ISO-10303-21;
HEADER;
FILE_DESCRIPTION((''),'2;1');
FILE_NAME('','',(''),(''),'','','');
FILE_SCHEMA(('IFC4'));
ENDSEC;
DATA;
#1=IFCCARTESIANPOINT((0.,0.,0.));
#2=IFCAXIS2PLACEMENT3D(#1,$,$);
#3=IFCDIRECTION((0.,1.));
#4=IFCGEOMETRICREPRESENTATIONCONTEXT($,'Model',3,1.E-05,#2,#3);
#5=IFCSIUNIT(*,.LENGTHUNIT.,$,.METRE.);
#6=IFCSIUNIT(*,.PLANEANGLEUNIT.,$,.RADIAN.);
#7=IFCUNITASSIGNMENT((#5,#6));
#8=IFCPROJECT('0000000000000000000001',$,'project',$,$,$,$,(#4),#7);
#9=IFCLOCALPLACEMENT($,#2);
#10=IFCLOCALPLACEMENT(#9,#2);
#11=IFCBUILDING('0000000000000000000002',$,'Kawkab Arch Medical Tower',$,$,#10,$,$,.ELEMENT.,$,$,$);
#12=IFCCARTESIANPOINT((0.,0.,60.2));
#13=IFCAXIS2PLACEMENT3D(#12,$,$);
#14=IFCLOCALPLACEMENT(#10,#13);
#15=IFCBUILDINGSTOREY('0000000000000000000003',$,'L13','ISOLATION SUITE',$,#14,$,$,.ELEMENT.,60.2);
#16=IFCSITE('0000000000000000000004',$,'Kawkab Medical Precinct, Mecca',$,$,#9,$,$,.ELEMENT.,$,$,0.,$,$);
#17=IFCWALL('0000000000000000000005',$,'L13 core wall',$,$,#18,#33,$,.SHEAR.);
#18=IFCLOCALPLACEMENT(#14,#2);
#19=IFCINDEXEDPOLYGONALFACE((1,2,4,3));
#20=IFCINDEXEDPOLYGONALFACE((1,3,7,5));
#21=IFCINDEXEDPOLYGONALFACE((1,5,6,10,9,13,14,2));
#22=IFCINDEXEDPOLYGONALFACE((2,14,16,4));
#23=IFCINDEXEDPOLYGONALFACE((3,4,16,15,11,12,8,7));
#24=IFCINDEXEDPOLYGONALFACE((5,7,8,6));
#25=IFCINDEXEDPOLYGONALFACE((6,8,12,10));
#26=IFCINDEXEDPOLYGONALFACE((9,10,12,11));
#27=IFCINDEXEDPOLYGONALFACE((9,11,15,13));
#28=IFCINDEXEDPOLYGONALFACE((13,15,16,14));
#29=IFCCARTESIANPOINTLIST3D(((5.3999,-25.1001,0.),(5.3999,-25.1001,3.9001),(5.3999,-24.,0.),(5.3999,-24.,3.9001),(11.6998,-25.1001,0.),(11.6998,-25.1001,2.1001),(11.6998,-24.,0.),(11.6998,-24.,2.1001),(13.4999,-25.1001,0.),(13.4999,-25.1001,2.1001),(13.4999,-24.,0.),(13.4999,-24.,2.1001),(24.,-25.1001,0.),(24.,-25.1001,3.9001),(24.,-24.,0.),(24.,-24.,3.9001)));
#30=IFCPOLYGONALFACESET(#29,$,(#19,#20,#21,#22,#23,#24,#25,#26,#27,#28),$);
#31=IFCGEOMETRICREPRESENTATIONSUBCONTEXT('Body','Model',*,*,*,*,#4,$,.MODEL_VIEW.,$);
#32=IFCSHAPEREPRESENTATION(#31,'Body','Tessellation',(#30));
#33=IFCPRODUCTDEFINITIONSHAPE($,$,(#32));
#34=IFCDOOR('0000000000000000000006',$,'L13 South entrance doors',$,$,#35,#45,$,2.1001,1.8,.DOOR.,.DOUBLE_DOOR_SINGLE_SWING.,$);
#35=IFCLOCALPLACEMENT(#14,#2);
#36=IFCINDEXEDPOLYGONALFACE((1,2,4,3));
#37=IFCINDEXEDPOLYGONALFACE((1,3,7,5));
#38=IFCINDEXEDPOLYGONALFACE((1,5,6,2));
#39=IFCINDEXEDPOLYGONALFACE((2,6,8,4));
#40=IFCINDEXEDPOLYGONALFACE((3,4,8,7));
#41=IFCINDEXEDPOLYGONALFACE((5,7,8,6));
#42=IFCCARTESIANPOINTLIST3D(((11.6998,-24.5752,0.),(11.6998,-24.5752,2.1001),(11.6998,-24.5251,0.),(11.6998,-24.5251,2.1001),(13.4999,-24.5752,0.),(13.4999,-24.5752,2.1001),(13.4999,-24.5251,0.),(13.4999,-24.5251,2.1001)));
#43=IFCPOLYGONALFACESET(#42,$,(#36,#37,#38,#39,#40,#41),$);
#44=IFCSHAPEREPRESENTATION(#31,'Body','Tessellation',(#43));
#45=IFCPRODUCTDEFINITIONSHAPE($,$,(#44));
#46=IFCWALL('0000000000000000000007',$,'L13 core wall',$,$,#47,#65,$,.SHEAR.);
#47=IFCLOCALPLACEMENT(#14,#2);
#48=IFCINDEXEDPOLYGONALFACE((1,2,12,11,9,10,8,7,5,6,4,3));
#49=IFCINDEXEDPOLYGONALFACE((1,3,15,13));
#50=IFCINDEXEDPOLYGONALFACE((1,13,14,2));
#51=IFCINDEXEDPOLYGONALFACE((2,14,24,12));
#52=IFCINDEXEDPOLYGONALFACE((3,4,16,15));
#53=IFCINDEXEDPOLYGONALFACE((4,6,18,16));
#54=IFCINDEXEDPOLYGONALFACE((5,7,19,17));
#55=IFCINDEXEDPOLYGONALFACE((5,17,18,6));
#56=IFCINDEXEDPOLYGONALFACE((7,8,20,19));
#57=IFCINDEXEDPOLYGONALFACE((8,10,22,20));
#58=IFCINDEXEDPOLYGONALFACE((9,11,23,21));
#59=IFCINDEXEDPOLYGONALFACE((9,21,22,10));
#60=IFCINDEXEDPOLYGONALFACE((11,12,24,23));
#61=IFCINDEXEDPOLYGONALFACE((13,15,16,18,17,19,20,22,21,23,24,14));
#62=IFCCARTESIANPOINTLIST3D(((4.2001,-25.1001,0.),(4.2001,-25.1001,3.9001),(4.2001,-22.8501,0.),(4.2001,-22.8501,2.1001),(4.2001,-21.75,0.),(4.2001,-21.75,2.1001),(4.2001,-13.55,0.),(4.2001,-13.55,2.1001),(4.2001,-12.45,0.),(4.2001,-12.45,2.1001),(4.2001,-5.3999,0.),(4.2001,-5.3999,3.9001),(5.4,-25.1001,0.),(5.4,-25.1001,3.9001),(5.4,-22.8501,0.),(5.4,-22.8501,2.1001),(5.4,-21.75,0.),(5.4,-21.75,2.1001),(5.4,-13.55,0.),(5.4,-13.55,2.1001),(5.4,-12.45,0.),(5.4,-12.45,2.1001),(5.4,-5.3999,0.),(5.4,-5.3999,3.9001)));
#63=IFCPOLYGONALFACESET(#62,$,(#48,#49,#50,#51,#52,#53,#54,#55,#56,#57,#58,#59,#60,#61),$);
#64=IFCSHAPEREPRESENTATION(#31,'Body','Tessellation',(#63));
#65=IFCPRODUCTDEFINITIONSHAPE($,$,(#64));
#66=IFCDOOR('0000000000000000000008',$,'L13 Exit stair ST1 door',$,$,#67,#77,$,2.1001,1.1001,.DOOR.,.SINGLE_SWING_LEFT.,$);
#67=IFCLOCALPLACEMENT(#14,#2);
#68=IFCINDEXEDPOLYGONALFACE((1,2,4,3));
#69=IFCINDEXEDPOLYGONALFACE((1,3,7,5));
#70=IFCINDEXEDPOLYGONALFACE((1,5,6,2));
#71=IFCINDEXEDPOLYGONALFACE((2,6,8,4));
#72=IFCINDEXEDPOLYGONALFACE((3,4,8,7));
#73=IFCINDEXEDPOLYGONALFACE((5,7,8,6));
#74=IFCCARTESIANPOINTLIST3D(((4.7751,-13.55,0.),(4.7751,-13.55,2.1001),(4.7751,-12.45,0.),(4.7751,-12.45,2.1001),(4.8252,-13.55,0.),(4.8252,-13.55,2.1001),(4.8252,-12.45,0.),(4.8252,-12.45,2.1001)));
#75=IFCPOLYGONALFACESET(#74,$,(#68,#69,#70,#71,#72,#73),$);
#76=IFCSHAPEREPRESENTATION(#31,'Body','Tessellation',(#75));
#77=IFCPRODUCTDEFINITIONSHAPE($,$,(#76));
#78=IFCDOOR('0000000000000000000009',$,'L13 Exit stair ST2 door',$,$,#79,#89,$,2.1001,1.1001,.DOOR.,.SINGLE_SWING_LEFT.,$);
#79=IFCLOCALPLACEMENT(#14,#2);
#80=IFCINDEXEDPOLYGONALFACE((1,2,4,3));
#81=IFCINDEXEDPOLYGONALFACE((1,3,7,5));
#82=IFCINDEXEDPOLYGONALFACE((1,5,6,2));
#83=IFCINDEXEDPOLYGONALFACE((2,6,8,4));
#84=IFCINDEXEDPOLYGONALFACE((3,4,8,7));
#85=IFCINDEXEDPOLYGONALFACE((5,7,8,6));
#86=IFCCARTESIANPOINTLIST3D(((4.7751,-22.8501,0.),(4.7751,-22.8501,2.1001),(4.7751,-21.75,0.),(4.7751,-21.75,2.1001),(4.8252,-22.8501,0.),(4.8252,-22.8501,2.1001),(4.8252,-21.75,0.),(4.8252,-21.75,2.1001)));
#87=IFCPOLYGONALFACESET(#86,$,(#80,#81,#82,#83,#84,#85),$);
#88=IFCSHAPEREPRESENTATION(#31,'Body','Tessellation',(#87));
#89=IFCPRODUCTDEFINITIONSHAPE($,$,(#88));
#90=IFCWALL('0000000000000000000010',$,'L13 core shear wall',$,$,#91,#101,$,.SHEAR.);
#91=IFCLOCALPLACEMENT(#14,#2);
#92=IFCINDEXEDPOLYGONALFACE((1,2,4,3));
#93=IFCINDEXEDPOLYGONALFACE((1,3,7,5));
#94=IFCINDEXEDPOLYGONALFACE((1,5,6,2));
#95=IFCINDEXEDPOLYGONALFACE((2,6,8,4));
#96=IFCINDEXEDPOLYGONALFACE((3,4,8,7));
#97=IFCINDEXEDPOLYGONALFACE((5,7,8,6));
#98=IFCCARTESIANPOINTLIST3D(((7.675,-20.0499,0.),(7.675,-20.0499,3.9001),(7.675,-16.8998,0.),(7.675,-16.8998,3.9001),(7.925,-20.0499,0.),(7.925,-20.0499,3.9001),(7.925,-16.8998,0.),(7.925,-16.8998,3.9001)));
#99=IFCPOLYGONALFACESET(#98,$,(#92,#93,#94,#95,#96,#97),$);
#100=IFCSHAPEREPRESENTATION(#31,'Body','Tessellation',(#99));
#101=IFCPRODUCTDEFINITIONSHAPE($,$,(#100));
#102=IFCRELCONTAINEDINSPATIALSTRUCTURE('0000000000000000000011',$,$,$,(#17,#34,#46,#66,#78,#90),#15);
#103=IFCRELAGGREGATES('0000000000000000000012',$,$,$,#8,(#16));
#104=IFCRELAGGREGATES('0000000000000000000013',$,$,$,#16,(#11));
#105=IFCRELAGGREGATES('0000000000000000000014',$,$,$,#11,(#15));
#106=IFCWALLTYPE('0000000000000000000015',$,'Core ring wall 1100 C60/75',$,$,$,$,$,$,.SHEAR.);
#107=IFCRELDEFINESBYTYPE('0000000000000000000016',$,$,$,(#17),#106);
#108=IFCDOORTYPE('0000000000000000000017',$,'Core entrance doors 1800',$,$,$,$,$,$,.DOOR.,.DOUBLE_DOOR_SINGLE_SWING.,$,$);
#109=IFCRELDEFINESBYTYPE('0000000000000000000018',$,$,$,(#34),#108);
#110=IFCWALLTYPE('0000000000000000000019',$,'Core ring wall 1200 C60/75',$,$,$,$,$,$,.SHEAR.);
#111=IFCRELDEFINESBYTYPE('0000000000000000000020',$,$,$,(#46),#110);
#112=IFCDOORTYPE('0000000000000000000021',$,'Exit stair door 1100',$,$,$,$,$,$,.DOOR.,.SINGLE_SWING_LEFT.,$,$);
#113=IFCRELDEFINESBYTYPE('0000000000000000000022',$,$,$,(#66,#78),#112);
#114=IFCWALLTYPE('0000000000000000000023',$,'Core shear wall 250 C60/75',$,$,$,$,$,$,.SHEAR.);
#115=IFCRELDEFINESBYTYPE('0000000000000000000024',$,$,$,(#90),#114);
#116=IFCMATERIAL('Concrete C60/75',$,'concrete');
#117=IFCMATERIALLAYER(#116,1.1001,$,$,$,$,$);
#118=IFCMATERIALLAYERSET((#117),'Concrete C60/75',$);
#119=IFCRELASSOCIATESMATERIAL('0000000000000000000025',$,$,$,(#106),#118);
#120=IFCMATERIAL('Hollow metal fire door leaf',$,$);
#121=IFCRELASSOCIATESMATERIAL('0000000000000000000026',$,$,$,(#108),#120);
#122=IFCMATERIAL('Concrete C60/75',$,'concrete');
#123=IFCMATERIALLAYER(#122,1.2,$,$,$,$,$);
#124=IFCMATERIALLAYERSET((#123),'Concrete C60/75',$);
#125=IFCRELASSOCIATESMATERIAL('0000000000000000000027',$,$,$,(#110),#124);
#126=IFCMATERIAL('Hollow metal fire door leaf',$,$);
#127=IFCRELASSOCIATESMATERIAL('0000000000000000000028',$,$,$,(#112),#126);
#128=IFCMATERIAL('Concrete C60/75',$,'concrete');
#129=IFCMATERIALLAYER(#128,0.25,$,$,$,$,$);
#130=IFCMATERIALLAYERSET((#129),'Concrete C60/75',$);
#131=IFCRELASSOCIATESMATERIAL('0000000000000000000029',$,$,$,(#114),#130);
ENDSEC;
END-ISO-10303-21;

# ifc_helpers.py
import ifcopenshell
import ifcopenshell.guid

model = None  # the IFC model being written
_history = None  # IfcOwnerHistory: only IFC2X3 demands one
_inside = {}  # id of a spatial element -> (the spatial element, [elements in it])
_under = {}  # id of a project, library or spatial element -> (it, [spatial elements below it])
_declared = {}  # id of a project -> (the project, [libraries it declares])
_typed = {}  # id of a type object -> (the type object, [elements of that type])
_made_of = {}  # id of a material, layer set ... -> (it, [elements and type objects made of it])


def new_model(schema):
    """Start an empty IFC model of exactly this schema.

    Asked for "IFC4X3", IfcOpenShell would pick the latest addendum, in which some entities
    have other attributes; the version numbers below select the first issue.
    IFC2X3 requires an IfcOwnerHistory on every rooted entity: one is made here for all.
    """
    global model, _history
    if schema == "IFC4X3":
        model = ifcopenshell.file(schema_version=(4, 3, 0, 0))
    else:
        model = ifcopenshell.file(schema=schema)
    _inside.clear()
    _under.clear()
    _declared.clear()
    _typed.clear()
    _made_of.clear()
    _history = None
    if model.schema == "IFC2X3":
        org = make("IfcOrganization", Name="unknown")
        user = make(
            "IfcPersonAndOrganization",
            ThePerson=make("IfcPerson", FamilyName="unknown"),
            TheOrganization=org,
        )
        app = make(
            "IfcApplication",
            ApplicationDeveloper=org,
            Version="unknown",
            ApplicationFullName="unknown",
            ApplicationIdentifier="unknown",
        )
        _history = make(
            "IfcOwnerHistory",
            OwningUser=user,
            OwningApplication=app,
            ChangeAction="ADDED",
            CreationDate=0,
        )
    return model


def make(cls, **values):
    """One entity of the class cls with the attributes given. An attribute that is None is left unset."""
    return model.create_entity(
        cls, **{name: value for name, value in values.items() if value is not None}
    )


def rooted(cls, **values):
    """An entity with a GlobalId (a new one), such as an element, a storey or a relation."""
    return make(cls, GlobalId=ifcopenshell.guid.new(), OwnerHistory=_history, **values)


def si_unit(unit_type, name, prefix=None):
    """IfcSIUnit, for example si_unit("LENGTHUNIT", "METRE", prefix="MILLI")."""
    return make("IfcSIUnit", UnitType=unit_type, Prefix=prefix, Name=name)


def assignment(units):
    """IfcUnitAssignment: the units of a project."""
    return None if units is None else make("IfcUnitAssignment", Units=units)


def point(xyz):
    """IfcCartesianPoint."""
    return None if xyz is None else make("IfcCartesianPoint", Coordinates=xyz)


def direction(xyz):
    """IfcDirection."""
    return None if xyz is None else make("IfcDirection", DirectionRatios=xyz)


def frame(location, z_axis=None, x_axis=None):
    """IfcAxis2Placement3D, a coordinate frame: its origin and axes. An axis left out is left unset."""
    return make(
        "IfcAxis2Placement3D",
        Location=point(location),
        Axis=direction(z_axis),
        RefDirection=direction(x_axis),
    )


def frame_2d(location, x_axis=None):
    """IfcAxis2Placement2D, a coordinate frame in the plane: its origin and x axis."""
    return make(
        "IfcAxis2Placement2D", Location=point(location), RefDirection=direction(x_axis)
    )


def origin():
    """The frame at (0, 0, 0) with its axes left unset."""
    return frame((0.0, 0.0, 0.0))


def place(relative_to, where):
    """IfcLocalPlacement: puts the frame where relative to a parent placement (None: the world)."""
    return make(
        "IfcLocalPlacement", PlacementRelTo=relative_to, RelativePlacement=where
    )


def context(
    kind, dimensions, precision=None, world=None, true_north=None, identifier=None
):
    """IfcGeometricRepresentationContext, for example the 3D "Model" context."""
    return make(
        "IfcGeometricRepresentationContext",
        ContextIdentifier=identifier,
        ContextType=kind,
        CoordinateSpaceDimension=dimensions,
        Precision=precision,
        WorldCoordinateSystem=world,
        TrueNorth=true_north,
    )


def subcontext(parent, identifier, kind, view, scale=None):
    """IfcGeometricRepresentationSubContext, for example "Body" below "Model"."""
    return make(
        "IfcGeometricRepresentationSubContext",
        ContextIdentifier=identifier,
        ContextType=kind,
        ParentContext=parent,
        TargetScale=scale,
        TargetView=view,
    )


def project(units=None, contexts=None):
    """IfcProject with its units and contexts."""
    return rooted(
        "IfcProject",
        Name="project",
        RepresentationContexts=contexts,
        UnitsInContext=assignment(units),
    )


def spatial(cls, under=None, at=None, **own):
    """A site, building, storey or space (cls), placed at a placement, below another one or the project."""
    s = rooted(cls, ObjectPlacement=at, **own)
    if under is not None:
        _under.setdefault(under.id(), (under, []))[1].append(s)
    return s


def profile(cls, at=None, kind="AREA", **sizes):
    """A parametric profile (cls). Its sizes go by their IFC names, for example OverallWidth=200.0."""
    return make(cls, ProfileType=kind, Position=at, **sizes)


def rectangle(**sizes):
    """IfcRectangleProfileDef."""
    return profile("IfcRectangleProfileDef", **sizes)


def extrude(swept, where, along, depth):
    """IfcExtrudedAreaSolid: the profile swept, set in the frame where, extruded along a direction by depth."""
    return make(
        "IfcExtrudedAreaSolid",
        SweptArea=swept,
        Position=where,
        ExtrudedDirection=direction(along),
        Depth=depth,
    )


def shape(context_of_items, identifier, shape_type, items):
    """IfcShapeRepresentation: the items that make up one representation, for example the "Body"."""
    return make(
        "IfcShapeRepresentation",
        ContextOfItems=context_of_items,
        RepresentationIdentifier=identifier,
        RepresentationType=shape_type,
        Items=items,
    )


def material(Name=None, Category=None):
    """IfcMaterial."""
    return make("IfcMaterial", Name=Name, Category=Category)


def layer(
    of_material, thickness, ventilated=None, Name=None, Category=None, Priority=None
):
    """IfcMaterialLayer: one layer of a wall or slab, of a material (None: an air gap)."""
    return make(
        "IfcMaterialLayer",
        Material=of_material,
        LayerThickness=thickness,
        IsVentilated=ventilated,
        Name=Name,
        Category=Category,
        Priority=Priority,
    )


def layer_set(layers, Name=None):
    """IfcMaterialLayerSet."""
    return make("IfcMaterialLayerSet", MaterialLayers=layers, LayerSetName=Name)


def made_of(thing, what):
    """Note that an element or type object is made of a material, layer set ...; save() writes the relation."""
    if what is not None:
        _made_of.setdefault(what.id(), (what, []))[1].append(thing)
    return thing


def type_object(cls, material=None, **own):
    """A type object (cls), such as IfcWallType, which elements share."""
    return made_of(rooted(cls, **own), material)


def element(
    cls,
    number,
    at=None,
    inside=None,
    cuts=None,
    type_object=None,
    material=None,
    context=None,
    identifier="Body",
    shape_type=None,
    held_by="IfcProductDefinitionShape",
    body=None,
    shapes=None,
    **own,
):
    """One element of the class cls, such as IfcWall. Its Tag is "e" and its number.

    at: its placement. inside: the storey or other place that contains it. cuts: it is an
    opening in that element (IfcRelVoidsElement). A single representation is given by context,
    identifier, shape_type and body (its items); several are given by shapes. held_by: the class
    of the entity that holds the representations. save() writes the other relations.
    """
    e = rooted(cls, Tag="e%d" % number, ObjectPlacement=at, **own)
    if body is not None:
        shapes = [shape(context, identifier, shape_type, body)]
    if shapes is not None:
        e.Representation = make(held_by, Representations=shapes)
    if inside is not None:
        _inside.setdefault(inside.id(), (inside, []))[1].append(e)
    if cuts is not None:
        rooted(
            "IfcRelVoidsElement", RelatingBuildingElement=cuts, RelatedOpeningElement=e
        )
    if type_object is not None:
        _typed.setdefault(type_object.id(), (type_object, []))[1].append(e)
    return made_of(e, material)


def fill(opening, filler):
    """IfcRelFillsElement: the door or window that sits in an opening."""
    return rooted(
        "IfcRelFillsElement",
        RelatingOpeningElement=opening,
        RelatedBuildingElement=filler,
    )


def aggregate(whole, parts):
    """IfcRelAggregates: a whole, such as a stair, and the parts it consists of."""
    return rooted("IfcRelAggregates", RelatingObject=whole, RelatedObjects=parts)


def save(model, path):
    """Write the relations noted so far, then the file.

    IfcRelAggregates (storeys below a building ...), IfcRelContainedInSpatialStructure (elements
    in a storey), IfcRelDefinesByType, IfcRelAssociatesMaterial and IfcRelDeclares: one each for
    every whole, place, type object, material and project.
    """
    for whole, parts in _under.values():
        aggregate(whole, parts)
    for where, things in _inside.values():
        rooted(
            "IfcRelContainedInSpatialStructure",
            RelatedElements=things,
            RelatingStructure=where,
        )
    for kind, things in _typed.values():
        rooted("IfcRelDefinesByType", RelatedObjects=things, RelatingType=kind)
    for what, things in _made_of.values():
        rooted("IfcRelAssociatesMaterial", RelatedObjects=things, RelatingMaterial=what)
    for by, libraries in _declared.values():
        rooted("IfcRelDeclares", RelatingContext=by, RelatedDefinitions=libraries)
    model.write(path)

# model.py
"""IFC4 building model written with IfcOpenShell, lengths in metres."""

from ifc_helpers import new_model, si_unit, direction, frame, frame_2d, origin, place, context, subcontext, project, spatial, rectangle, extrude, material, layer, layer_set, type_object, element, fill, save


model = new_model("IFC4")

# Units and contexts
model_context = context("Model", 3, precision=1e-05, world=origin(), true_north=direction((0.0, 1.0)))
body_context = subcontext(model_context, "Body", "Model", "MODEL_VIEW")
ifc_project = project(units=[si_unit("LENGTHUNIT", "METRE"), si_unit("PLANEANGLEUNIT", "RADIAN")], contexts=[model_context])

# Site, building, storey
site_placement = place(None, origin())
site = spatial("IfcSite", under=ifc_project, at=site_placement, Name="Kawkab Medical Precinct, Mecca", CompositionType="ELEMENT", RefElevation=0.0)
building_placement = place(site_placement, origin())
building = spatial("IfcBuilding", under=site, at=building_placement, Name="Kawkab Arch Medical Tower", CompositionType="ELEMENT")
storey_placement = place(building_placement, frame((0.0, 0.0, 60.2)))
storey = spatial("IfcBuildingStorey", under=building, at=storey_placement, Name="L13", Description="ISOLATION SUITE", CompositionType="ELEMENT", Elevation=60.2)

# Wall, opening, door
ifc_material_1 = material(Name="Concrete C60/75", Category="concrete")
ifc_layer_1 = layer(ifc_material_1, 1.1001)
ifc_layer_set_1 = layer_set([ifc_layer_1], Name="Concrete C60/75")
wall_type_1 = type_object("IfcWallType", Name="Core ring wall 1100 C60/75", PredefinedType="SHEAR", material=ifc_layer_set_1)
wall_1_placement = place(storey_placement, frame((5.3999, -24.55, 0.0), z_axis=(0.0, 0.0, 1.0), x_axis=(1.0, 0.0, 0.0)))
wall_1 = element("IfcWall", 1, at=wall_1_placement, inside=storey, type_object=wall_type_1, Name="L13 core wall", PredefinedType="SHEAR", context=body_context, shape_type="SweptSolid", body=[
    extrude(rectangle(XDim=18.6001, YDim=1.1001, at=frame_2d((9.3, 0.0))), origin(), (0.0, 0.0, 1.0), 3.9001),
])
opening_1_placement = place(wall_1_placement, frame((6.3, 0.0, 0.0)))
opening_1 = element("IfcOpeningElement", 2, at=opening_1_placement, cuts=wall_1, PredefinedType="OPENING", context=body_context, shape_type="SweptSolid", body=[
    extrude(rectangle(XDim=1.8, YDim=2.1001, at=frame_2d((0.8999, 1.05))), frame((0.0, 0.5601, 0.0), z_axis=(0.0, -1.0, 0.0), x_axis=(1.0, 0.0, 0.0)), (0.0, 0.0, 1.0), 1.1201),
])
ifc_material_2 = material(Name="Hollow metal fire door leaf")
door_type_1 = type_object("IfcDoorType", Name="Core entrance doors 1800", OperationType="DOUBLE_DOOR_SINGLE_SWING", PredefinedType="DOOR", material=ifc_material_2)
door_1_placement = place(opening_1_placement, origin())
door_1 = element("IfcDoor", 3, at=door_1_placement, inside=storey, type_object=door_type_1, Name="L13 South entrance doors", OperationType="DOUBLE_DOOR_SINGLE_SWING", OverallHeight=2.1001, OverallWidth=1.8, PredefinedType="DOOR", context=body_context, shape_type="SweptSolid", body=[
    extrude(rectangle(XDim=1.8, YDim=2.1001, at=frame_2d((0.8999, 1.05))), frame((0.0, 0.0249, 0.0), z_axis=(0.0, -1.0, 0.0), x_axis=(1.0, 0.0, 0.0)), (0.0, 0.0, 1.0), 0.05),
])
fill(opening_1, door_1)

# Wall, openings, doors
ifc_material_3 = material(Name="Concrete C60/75", Category="concrete")
ifc_layer_2 = layer(ifc_material_3, 1.2)
ifc_layer_set_2 = layer_set([ifc_layer_2], Name="Concrete C60/75")
wall_type_2 = type_object("IfcWallType", Name="Core ring wall 1200 C60/75", PredefinedType="SHEAR", material=ifc_layer_set_2)
wall_2_placement = place(storey_placement, frame((4.8, -25.1001, 0.0), z_axis=(0.0, 0.0, 1.0), x_axis=(0.0, 1.0, 0.0)))
wall_2 = element("IfcWall", 4, at=wall_2_placement, inside=storey, type_object=wall_type_2, Name="L13 core wall", PredefinedType="SHEAR", context=body_context, shape_type="SweptSolid", body=[
    extrude(rectangle(XDim=19.7002, YDim=1.2, at=frame_2d((9.8501, 0.0))), origin(), (0.0, 0.0, 1.0), 3.9001),
])
opening_2_placement = place(wall_2_placement, frame((11.55, 0.0, 0.0)))
opening_2 = element("IfcOpeningElement", 5, at=opening_2_placement, cuts=wall_2, PredefinedType="OPENING", context=body_context, shape_type="SweptSolid", body=[
    extrude(rectangle(XDim=1.1001, YDim=2.1001, at=frame_2d((0.55, 1.05))), frame((0.0, 0.6099, 0.0), z_axis=(0.0, -1.0, 0.0), x_axis=(1.0, 0.0, 0.0)), (0.0, 0.0, 1.0), 1.22),
])
opening_3_placement = place(wall_2_placement, frame((2.25, 0.0, 0.0)))
opening_3 = element("IfcOpeningElement", 6, at=opening_3_placement, cuts=wall_2, PredefinedType="OPENING", context=body_context, shape_type="SweptSolid", body=[
    extrude(rectangle(XDim=1.1001, YDim=2.1001, at=frame_2d((0.55, 1.05))), frame((0.0, 0.6099, 0.0), z_axis=(0.0, -1.0, 0.0), x_axis=(1.0, 0.0, 0.0)), (0.0, 0.0, 1.0), 1.22),
])
ifc_material_4 = material(Name="Hollow metal fire door leaf")
door_type_2 = type_object("IfcDoorType", Name="Exit stair door 1100", OperationType="SINGLE_SWING_LEFT", PredefinedType="DOOR", material=ifc_material_4)
door_2_placement = place(opening_2_placement, origin())
door_2 = element("IfcDoor", 7, at=door_2_placement, inside=storey, type_object=door_type_2, Name="L13 Exit stair ST1 door", OperationType="SINGLE_SWING_LEFT", OverallHeight=2.1001, OverallWidth=1.1001, PredefinedType="DOOR", context=body_context, shape_type="SweptSolid", body=[
    extrude(rectangle(XDim=1.1001, YDim=2.1001, at=frame_2d((0.55, 1.05))), frame((0.0, 0.0249, 0.0), z_axis=(0.0, -1.0, 0.0), x_axis=(1.0, 0.0, 0.0)), (0.0, 0.0, 1.0), 0.05),
])
fill(opening_2, door_2)
door_3_placement = place(opening_3_placement, origin())
door_3 = element("IfcDoor", 8, at=door_3_placement, inside=storey, type_object=door_type_2, Name="L13 Exit stair ST2 door", OperationType="SINGLE_SWING_LEFT", OverallHeight=2.1001, OverallWidth=1.1001, PredefinedType="DOOR", context=body_context, shape_type="SweptSolid", body=[
    extrude(rectangle(XDim=1.1001, YDim=2.1001, at=frame_2d((0.55, 1.05))), frame((0.0, 0.0249, 0.0), z_axis=(0.0, -1.0, 0.0), x_axis=(1.0, 0.0, 0.0)), (0.0, 0.0, 1.0), 0.05),
])
fill(opening_3, door_3)

# Wall
ifc_material_5 = material(Name="Concrete C60/75", Category="concrete")
ifc_layer_3 = layer(ifc_material_5, 0.25)
ifc_layer_set_3 = layer_set([ifc_layer_3], Name="Concrete C60/75")
wall_type_3 = type_object("IfcWallType", Name="Core shear wall 250 C60/75", PredefinedType="SHEAR", material=ifc_layer_set_3)
wall_3_placement = place(storey_placement, frame((7.8, -20.05, 0.0), z_axis=(0.0, 0.0, 1.0), x_axis=(0.0, 1.0, 0.0)))
element("IfcWall", 9, at=wall_3_placement, inside=storey, type_object=wall_type_3, Name="L13 core shear wall", PredefinedType="SHEAR", context=body_context, shape_type="SweptSolid", body=[
    extrude(rectangle(XDim=3.1501, YDim=0.25, at=frame_2d((1.5752, 0.0))), origin(), (0.0, 0.0, 1.0), 3.9001),
])

save(model, "model.ifc")
